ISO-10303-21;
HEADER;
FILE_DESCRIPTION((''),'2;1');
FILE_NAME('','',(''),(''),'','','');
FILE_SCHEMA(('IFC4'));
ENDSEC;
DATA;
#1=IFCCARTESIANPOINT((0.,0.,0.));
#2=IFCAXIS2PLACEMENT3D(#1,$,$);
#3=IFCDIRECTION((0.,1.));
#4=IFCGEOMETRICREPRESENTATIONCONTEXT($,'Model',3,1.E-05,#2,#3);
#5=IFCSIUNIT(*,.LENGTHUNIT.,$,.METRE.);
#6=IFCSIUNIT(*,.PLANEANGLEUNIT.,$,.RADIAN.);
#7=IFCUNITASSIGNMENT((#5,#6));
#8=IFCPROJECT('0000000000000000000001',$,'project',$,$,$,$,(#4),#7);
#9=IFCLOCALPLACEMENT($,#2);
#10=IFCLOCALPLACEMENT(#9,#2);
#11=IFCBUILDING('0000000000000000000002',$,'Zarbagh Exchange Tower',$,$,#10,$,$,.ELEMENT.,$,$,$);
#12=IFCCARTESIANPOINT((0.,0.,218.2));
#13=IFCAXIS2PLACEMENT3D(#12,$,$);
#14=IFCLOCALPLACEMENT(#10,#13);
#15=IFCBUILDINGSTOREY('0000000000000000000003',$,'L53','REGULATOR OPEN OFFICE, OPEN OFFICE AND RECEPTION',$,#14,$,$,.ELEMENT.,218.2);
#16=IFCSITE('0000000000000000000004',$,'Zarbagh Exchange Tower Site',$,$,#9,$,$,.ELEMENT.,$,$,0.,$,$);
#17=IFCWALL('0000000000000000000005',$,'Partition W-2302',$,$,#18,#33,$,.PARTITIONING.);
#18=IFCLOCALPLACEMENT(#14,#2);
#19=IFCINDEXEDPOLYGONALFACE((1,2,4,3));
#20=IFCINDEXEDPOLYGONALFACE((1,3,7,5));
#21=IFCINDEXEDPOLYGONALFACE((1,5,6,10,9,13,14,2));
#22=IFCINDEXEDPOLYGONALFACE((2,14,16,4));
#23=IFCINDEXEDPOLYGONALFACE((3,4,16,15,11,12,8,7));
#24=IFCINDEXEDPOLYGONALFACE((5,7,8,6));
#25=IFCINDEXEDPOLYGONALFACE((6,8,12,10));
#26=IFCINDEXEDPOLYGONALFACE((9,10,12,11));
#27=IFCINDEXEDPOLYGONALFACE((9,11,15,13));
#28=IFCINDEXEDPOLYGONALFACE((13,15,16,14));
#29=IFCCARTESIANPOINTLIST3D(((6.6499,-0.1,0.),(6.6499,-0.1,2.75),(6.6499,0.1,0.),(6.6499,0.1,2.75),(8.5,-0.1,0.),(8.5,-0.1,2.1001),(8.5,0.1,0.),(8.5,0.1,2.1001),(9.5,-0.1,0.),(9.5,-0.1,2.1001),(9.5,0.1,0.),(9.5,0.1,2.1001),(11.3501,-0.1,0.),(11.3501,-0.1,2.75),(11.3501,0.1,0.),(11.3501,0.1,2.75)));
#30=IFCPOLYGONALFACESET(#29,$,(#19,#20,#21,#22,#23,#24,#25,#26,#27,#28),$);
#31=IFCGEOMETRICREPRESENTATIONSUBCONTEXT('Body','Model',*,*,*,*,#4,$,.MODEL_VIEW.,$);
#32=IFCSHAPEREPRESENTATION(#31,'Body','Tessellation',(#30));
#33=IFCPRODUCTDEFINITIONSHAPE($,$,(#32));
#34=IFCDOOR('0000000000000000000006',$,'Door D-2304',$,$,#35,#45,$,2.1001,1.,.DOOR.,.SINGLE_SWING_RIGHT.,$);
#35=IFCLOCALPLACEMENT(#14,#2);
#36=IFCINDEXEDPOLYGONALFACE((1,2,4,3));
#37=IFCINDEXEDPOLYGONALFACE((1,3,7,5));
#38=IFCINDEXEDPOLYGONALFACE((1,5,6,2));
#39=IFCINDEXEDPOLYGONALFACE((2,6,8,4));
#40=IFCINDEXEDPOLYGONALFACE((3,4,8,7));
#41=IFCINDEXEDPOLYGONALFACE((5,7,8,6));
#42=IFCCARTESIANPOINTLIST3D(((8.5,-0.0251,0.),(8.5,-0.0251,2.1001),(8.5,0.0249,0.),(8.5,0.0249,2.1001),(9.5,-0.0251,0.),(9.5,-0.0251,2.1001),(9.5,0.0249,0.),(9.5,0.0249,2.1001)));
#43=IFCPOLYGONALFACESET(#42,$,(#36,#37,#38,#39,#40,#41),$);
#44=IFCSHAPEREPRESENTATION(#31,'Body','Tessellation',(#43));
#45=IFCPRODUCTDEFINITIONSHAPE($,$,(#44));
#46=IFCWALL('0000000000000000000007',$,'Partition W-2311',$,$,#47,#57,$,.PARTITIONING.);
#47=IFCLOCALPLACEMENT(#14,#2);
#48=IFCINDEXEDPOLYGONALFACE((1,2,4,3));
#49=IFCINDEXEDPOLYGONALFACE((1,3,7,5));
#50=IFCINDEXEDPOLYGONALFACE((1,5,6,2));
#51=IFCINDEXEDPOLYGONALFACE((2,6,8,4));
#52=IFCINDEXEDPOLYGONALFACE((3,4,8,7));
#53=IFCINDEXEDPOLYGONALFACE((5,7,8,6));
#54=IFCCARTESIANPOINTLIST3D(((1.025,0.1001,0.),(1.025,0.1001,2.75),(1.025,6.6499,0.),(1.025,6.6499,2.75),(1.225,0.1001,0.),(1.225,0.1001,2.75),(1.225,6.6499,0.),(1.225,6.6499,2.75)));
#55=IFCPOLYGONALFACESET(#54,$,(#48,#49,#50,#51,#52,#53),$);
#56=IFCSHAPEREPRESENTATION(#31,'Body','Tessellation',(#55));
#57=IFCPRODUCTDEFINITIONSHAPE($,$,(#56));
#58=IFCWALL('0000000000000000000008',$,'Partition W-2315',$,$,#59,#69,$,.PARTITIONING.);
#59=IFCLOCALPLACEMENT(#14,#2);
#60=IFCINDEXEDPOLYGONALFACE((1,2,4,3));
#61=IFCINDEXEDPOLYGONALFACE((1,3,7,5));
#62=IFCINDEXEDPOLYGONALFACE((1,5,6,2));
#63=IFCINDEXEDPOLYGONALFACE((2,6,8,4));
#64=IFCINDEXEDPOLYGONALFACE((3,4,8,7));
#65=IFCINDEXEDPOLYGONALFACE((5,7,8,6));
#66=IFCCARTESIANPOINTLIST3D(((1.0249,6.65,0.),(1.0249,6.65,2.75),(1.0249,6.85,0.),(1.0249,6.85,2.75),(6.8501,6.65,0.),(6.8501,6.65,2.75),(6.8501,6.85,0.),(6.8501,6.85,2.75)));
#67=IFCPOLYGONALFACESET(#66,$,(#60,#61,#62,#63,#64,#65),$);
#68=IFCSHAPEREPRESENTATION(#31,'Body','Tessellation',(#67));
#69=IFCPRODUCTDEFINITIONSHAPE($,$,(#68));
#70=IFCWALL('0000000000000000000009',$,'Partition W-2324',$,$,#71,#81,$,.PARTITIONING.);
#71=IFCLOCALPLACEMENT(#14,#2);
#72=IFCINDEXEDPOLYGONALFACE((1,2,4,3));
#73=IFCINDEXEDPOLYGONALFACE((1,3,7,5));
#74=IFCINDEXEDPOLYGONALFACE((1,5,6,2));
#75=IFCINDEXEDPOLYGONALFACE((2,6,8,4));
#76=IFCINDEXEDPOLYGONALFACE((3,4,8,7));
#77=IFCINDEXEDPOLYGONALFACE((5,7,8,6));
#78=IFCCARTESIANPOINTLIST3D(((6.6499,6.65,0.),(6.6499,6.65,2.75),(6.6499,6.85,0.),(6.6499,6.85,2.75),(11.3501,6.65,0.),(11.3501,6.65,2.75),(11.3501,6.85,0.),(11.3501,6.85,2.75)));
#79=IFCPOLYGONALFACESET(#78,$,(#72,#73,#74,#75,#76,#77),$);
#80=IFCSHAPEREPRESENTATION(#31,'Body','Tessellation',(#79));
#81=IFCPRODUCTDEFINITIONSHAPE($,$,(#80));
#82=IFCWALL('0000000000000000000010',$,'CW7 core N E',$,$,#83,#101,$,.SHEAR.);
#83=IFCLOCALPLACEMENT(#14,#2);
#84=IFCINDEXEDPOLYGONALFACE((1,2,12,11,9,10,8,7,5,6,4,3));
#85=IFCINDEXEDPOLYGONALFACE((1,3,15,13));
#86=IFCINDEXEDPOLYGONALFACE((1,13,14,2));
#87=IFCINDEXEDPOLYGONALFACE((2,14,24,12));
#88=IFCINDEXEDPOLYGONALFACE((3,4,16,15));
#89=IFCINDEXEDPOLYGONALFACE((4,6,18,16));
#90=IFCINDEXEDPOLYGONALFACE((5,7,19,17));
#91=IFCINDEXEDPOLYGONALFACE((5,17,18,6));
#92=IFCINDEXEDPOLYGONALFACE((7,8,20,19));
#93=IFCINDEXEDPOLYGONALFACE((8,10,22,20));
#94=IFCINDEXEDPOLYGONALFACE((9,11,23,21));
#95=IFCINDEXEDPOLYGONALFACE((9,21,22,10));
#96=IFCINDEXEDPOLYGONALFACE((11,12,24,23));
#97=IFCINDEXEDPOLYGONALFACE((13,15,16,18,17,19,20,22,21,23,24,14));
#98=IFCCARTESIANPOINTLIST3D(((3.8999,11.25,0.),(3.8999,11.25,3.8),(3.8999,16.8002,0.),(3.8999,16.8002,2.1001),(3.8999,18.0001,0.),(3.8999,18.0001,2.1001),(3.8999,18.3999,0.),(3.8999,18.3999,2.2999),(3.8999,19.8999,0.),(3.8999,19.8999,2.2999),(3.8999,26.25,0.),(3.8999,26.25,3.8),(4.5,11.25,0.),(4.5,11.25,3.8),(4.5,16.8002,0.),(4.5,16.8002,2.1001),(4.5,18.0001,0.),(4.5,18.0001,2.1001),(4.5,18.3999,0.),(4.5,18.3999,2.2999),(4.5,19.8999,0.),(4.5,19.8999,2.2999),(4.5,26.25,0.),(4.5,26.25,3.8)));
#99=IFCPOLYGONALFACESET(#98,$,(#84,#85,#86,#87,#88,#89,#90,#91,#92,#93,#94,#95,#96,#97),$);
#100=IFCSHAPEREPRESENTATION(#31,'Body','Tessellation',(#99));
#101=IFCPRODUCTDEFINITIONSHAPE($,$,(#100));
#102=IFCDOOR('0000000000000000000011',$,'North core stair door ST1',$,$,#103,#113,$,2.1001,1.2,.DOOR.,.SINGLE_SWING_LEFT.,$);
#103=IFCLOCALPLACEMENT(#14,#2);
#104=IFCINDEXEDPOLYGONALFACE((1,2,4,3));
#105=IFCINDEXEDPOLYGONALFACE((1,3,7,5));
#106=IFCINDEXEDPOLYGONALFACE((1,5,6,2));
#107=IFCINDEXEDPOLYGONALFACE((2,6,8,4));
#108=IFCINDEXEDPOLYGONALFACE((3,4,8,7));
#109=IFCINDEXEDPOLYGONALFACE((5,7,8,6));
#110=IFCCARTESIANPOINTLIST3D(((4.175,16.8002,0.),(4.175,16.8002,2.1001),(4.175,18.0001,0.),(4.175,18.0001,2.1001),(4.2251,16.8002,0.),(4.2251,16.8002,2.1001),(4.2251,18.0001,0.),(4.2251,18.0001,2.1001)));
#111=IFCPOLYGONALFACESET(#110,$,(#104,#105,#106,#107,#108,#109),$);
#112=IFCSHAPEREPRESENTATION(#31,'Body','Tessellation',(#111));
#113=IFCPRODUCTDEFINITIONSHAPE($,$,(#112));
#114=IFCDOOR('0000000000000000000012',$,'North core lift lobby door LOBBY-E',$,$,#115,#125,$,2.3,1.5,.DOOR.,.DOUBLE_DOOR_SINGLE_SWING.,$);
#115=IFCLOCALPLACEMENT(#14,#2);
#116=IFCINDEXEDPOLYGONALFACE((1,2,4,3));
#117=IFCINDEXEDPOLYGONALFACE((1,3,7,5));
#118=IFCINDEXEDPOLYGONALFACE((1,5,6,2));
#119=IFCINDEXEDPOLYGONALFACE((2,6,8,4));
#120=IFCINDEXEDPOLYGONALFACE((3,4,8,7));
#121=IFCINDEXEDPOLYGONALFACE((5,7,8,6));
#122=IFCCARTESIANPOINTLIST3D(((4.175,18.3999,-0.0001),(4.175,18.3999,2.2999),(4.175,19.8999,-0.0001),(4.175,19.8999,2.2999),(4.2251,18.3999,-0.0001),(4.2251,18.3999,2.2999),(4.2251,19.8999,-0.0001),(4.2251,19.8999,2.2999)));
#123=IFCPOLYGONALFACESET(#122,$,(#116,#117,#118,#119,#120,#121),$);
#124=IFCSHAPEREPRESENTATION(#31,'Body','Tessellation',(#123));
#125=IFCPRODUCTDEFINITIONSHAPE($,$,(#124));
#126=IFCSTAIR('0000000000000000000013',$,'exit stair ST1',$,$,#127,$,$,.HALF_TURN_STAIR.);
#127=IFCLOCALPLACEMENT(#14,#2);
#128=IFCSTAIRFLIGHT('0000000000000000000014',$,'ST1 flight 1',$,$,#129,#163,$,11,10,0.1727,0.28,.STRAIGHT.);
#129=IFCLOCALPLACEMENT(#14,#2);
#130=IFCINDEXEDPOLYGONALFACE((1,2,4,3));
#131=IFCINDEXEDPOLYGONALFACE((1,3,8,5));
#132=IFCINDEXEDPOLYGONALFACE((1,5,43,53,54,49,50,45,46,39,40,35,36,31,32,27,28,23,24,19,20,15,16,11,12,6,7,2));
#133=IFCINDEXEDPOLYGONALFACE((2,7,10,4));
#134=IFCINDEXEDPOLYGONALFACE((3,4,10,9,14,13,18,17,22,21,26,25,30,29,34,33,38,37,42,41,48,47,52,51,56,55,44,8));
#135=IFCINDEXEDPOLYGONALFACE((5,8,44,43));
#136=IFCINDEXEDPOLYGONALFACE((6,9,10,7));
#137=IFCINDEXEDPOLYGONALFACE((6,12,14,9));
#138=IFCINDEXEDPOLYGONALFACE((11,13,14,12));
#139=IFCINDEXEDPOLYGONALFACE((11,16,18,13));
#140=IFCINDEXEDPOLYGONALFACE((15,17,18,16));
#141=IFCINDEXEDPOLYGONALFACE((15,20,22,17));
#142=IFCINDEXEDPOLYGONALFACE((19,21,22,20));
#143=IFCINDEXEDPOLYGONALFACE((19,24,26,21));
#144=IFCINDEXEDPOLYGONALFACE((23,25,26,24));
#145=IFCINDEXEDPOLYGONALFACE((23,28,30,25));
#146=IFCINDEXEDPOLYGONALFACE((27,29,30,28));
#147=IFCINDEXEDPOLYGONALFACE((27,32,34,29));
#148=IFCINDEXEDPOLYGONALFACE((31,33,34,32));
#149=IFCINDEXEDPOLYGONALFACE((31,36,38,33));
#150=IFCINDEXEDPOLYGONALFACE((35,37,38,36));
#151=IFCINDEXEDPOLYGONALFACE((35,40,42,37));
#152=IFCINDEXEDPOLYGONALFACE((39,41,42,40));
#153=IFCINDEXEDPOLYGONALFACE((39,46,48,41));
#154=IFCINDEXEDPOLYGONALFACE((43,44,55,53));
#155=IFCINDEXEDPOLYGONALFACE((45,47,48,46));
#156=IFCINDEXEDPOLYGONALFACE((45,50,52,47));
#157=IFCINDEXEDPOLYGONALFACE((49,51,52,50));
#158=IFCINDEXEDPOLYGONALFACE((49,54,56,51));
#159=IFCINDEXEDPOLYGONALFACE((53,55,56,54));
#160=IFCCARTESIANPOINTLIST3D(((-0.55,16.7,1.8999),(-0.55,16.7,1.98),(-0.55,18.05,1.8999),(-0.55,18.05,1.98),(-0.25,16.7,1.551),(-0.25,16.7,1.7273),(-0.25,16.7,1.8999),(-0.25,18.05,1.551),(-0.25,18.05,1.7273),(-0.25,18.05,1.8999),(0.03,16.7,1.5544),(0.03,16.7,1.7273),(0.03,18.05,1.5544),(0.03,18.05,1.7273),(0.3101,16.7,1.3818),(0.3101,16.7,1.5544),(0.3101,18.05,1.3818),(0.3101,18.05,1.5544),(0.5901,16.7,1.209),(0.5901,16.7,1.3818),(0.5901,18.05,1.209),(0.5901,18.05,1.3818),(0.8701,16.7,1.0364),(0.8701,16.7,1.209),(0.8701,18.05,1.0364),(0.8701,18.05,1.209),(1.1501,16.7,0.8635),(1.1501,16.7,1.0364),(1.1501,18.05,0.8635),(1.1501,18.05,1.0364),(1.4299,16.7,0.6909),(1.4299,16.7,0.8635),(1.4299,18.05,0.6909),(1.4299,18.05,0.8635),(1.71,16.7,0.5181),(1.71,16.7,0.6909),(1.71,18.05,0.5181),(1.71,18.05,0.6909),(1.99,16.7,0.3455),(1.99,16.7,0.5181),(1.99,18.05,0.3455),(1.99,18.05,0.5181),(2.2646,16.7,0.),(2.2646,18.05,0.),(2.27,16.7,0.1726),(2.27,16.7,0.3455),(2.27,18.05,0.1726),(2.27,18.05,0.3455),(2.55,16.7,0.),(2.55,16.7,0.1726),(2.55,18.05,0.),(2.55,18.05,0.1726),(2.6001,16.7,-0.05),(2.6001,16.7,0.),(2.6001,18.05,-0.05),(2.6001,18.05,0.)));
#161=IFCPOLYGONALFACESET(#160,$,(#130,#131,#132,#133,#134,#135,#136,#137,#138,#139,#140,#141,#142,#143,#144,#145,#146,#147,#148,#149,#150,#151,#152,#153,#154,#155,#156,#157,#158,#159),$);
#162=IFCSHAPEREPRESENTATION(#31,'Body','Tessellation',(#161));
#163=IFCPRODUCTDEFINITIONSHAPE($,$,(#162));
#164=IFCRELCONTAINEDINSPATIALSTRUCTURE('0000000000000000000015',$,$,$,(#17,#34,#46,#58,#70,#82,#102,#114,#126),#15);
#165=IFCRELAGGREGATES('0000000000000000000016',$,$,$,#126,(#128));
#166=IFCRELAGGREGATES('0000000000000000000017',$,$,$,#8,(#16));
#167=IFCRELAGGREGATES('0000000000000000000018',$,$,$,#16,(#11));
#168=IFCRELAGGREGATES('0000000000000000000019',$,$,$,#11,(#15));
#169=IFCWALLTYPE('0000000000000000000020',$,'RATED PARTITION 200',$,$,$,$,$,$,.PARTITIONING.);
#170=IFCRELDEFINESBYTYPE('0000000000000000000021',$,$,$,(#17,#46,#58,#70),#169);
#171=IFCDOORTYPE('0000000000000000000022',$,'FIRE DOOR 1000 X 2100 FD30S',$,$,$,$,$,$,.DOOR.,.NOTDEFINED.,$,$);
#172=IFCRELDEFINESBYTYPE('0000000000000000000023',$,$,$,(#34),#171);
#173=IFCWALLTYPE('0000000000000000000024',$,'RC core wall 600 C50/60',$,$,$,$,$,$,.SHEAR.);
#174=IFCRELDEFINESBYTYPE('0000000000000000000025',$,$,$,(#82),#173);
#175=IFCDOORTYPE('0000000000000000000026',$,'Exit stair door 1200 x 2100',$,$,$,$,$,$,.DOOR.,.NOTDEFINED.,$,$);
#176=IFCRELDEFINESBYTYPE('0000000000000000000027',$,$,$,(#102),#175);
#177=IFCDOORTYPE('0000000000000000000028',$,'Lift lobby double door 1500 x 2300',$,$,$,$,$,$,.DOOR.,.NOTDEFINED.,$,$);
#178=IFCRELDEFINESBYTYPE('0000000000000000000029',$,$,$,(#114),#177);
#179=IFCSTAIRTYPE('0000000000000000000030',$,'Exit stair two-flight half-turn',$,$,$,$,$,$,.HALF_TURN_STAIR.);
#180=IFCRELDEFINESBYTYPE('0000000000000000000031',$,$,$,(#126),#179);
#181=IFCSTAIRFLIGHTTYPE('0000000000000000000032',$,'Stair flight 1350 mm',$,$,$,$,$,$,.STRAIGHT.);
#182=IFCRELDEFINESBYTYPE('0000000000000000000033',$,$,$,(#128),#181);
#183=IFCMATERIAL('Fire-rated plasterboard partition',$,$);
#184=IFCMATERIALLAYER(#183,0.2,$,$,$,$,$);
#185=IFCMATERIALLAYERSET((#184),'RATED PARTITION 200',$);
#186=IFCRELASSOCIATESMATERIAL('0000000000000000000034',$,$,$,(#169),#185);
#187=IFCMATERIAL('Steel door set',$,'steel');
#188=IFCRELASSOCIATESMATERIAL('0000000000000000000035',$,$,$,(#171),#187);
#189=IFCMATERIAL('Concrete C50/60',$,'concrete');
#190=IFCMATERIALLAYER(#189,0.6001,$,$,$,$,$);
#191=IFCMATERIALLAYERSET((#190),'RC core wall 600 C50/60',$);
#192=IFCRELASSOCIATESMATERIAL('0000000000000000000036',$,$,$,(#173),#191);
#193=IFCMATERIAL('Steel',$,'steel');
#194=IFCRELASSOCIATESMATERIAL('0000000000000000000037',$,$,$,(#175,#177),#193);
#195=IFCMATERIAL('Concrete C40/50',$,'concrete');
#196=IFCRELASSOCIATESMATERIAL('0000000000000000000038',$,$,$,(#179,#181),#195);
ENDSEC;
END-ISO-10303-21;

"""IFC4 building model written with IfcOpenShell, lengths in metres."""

from ifc_helpers import new_model, si_unit, direction, frame, frame_2d, origin, place, context, subcontext, project, spatial, polyline, rectangle, outline, extrude, material, layer, layer_set, type_object, element, fill, aggregate, save


model = new_model("IFC4")

# Units and contexts
model_context = context("Model", 3, precision=1e-05, world=origin(), true_north=direction((0.0, 1.0)))
body_context = subcontext(model_context, "Body", "Model", "MODEL_VIEW")
ifc_project = project(units=[si_unit("LENGTHUNIT", "METRE"), si_unit("PLANEANGLEUNIT", "RADIAN")], contexts=[model_context])

# Site, building, storey
site_placement = place(None, origin())
site = spatial("IfcSite", under=ifc_project, at=site_placement, Name="Zarbagh Exchange Tower Site", CompositionType="ELEMENT", RefElevation=0.0)
building_placement = place(site_placement, origin())
building = spatial("IfcBuilding", under=site, at=building_placement, Name="Zarbagh Exchange Tower", CompositionType="ELEMENT")
storey_placement = place(building_placement, frame((0.0, 0.0, 218.2)))
storey = spatial("IfcBuildingStorey", under=building, at=storey_placement, Name="L53", Description="REGULATOR OPEN OFFICE, OPEN OFFICE AND RECEPTION", CompositionType="ELEMENT", Elevation=218.2)

# Shared definitions
ifc_material_1 = material(Name="Concrete C50/60", Category="concrete")

# Wall, opening, door
ifc_material_2 = material(Name="Fire-rated plasterboard partition")
ifc_layer_1 = layer(ifc_material_2, 0.2)
ifc_layer_set_1 = layer_set([ifc_layer_1], Name="RATED PARTITION 200")
wall_type_1 = type_object("IfcWallType", Name="RATED PARTITION 200", PredefinedType="PARTITIONING", material=ifc_layer_set_1)
wall_1_placement = place(storey_placement, frame((6.6499, 0.0, 0.0), z_axis=(0.0, 0.0, 1.0), x_axis=(1.0, 0.0, 0.0)))
wall_1 = element("IfcWall", 1, at=wall_1_placement, inside=storey, type_object=wall_type_1, Name="Partition W-2302", PredefinedType="PARTITIONING", context=body_context, shape_type="SweptSolid", body=[
    extrude(rectangle(XDim=4.7002, YDim=0.2, at=frame_2d((2.3501, 0.0))), origin(), (0.0, 0.0, 1.0), 2.75),
])
opening_1_placement = place(wall_1_placement, frame((1.8501, 0.0, 0.0)))
opening_1 = element("IfcOpeningElement", 2, at=opening_1_placement, cuts=wall_1, PredefinedType="OPENING", context=body_context, shape_type="SweptSolid", body=[
    extrude(rectangle(XDim=1.0, YDim=2.1001, at=frame_2d((0.5, 1.05))), frame((0.0, 0.1099, 0.0), z_axis=(0.0, -1.0, 0.0), x_axis=(1.0, 0.0, 0.0)), (0.0, 0.0, 1.0), 0.22),
])
ifc_material_3 = material(Name="Steel door set", Category="steel")
door_type_1 = type_object("IfcDoorType", Name="FIRE DOOR 1000 X 2100 FD30S", OperationType="NOTDEFINED", PredefinedType="DOOR", material=ifc_material_3)
door_1_placement = place(opening_1_placement, origin())
door_1 = element("IfcDoor", 3, at=door_1_placement, inside=storey, type_object=door_type_1, Name="Door D-2304", OperationType="SINGLE_SWING_RIGHT", OverallHeight=2.1001, OverallWidth=1.0, PredefinedType="DOOR", context=body_context, shape_type="SweptSolid", body=[
    extrude(rectangle(XDim=1.0, YDim=2.1001, at=frame_2d((0.5, 1.05))), frame((0.0, 0.0249, 0.0), z_axis=(0.0, -1.0, 0.0), x_axis=(1.0, 0.0, 0.0)), (0.0, 0.0, 1.0), 0.05),
])
fill(opening_1, door_1)

# Walls
wall_2_placement = place(storey_placement, frame((1.125, 0.1001, 0.0), z_axis=(0.0, 0.0, 1.0), x_axis=(0.0, 1.0, 0.0)))
element("IfcWall", 4, at=wall_2_placement, inside=storey, type_object=wall_type_1, Name="Partition W-2311", PredefinedType="PARTITIONING", context=body_context, shape_type="SweptSolid", body=[
    extrude(rectangle(XDim=6.5498, YDim=0.2, at=frame_2d((3.2749, 0.0))), origin(), (0.0, 0.0, 1.0), 2.75),
])
wall_3_placement = place(storey_placement, frame((1.0249, 6.75, 0.0), z_axis=(0.0, 0.0, 1.0), x_axis=(1.0, 0.0, 0.0)))
element("IfcWall", 5, at=wall_3_placement, inside=storey, type_object=wall_type_1, Name="Partition W-2315", PredefinedType="PARTITIONING", context=body_context, shape_type="SweptSolid", body=[
    extrude(rectangle(XDim=5.8252, YDim=0.2, at=frame_2d((2.9126, 0.0))), origin(), (0.0, 0.0, 1.0), 2.75),
])
wall_4_placement = place(storey_placement, frame((6.6499, 6.75, 0.0), z_axis=(0.0, 0.0, 1.0), x_axis=(1.0, 0.0, 0.0)))
element("IfcWall", 6, at=wall_4_placement, inside=storey, type_object=wall_type_1, Name="Partition W-2324", PredefinedType="PARTITIONING", context=body_context, shape_type="SweptSolid", body=[
    extrude(rectangle(XDim=4.7002, YDim=0.2, at=frame_2d((2.3501, 0.0))), origin(), (0.0, 0.0, 1.0), 2.75),
])

# Wall, openings, doors
ifc_layer_2 = layer(ifc_material_1, 0.6001)
ifc_layer_set_2 = layer_set([ifc_layer_2], Name="RC core wall 600 C50/60")
wall_type_2 = type_object("IfcWallType", Name="RC core wall 600 C50/60", PredefinedType="SHEAR", material=ifc_layer_set_2)
wall_5_placement = place(storey_placement, frame((4.2, 11.25, 0.0), z_axis=(0.0, 0.0, 1.0), x_axis=(0.0, 1.0, 0.0)))
wall_5 = element("IfcWall", 7, at=wall_5_placement, inside=storey, type_object=wall_type_2, Name="CW7 core N E", PredefinedType="SHEAR", context=body_context, shape_type="SweptSolid", body=[
    extrude(rectangle(XDim=15.0, YDim=0.6001, at=frame_2d((7.5, 0.0))), origin(), (0.0, 0.0, 1.0), 3.8),
])
opening_2_placement = place(wall_5_placement, frame((7.1499, 0.0, 0.0)))
opening_2 = element("IfcOpeningElement", 8, at=opening_2_placement, cuts=wall_5, PredefinedType="OPENING", context=body_context, shape_type="SweptSolid", body=[
    extrude(rectangle(XDim=1.5, YDim=2.3, at=frame_2d((0.75, 1.1499))), frame((0.0, 0.3101, 0.0), z_axis=(0.0, -1.0, 0.0), x_axis=(1.0, 0.0, 0.0)), (0.0, 0.0, 1.0), 0.6201),
])
opening_3_placement = place(wall_5_placement, frame((5.55, 0.0, 0.0)))
opening_3 = element("IfcOpeningElement", 9, at=opening_3_placement, cuts=wall_5, PredefinedType="OPENING", context=body_context, shape_type="SweptSolid", body=[
    extrude(rectangle(XDim=1.2, YDim=2.1001, at=frame_2d((0.6001, 1.05))), frame((0.0, 0.3101, 0.0), z_axis=(0.0, -1.0, 0.0), x_axis=(1.0, 0.0, 0.0)), (0.0, 0.0, 1.0), 0.6201),
])
ifc_material_4 = material(Name="Steel", Category="steel")
door_type_2 = type_object("IfcDoorType", Name="Exit stair door 1200 x 2100", OperationType="NOTDEFINED", PredefinedType="DOOR", material=ifc_material_4)
door_2_placement = place(opening_3_placement, origin())
door_2 = element("IfcDoor", 10, at=door_2_placement, inside=storey, type_object=door_type_2, Name="North core stair door ST1", OperationType="SINGLE_SWING_LEFT", OverallHeight=2.1001, OverallWidth=1.2, PredefinedType="DOOR", context=body_context, shape_type="SweptSolid", body=[
    extrude(rectangle(XDim=1.2, YDim=2.1001, at=frame_2d((0.6001, 1.05))), frame((0.0, 0.0249, 0.0), z_axis=(0.0, -1.0, 0.0), x_axis=(1.0, 0.0, 0.0)), (0.0, 0.0, 1.0), 0.05),
])
fill(opening_3, door_2)
door_type_3 = type_object("IfcDoorType", Name="Lift lobby double door 1500 x 2300", OperationType="NOTDEFINED", PredefinedType="DOOR", material=ifc_material_4)
door_3_placement = place(opening_2_placement, origin())
door_3 = element("IfcDoor", 11, at=door_3_placement, inside=storey, type_object=door_type_3, Name="North core lift lobby door LOBBY-E", OperationType="DOUBLE_DOOR_SINGLE_SWING", OverallHeight=2.3, OverallWidth=1.5, PredefinedType="DOOR", context=body_context, shape_type="SweptSolid", body=[
    extrude(rectangle(XDim=1.5, YDim=2.3, at=frame_2d((0.75, 1.1499))), frame((0.0, 0.0249, 0.0), z_axis=(0.0, -1.0, 0.0), x_axis=(1.0, 0.0, 0.0)), (0.0, 0.0, 1.0), 0.05),
])
fill(opening_2, door_3)

# Stair, stair flight
ifc_material_5 = material(Name="Concrete C40/50", Category="concrete")
stair_type = type_object("IfcStairType", Name="Exit stair two-flight half-turn", PredefinedType="HALF_TURN_STAIR", material=ifc_material_5)
stair_placement = place(storey_placement, origin())
stair = element("IfcStair", 12, at=stair_placement, inside=storey, type_object=stair_type, Name="exit stair ST1", PredefinedType="HALF_TURN_STAIR")
stair_flight_type = type_object("IfcStairFlightType", Name="Stair flight 1350 mm", PredefinedType="STRAIGHT", material=ifc_material_5)
stair_flight_placement = place(storey_placement, frame((2.55, 17.375, 0.0), z_axis=(0.0, 0.0, 1.0), x_axis=(-1.0, 0.0, 0.0)))
stair_flight = element("IfcStairFlight", 13, at=stair_flight_placement, type_object=stair_flight_type, Name="ST1 flight 1", NumberOfRisers=11, NumberOfTreads=10, PredefinedType="STRAIGHT", RiserHeight=0.1727, TreadLength=0.28, context=body_context, shape_type="SweptSolid", body=[
    extrude(outline(polyline([(-0.05, -0.05), (-0.05, 0.0), (0.0, 0.0), (0.0, 0.1726), (0.28, 0.1726), (0.28, 0.3455), (0.5601, 0.3455), (0.5601, 0.5181), (0.8401, 0.5181), (0.8401, 0.6909), (1.1201, 0.6909), (1.1201, 0.8635), (1.3999, 0.8635), (1.3999, 1.0364), (1.6799, 1.0364), (1.6799, 1.209), (1.96, 1.209), (1.96, 1.3818), (2.24, 1.3818), (2.24, 1.5544), (2.52, 1.5544), (2.52, 1.7273), (2.8, 1.7273), (2.8, 1.8999), (3.1001, 1.98), (3.1001, 1.8999), (2.8, 1.551), (0.2854, 0.0), (-0.05, -0.05)])), frame((0.0, 0.675, 0.0), z_axis=(0.0, -1.0, 0.0), x_axis=(1.0, 0.0, 0.0)), (0.0, 0.0, 1.0), 1.3501),
])
aggregate(stair, [stair_flight])

save(model, "model.ifc")
